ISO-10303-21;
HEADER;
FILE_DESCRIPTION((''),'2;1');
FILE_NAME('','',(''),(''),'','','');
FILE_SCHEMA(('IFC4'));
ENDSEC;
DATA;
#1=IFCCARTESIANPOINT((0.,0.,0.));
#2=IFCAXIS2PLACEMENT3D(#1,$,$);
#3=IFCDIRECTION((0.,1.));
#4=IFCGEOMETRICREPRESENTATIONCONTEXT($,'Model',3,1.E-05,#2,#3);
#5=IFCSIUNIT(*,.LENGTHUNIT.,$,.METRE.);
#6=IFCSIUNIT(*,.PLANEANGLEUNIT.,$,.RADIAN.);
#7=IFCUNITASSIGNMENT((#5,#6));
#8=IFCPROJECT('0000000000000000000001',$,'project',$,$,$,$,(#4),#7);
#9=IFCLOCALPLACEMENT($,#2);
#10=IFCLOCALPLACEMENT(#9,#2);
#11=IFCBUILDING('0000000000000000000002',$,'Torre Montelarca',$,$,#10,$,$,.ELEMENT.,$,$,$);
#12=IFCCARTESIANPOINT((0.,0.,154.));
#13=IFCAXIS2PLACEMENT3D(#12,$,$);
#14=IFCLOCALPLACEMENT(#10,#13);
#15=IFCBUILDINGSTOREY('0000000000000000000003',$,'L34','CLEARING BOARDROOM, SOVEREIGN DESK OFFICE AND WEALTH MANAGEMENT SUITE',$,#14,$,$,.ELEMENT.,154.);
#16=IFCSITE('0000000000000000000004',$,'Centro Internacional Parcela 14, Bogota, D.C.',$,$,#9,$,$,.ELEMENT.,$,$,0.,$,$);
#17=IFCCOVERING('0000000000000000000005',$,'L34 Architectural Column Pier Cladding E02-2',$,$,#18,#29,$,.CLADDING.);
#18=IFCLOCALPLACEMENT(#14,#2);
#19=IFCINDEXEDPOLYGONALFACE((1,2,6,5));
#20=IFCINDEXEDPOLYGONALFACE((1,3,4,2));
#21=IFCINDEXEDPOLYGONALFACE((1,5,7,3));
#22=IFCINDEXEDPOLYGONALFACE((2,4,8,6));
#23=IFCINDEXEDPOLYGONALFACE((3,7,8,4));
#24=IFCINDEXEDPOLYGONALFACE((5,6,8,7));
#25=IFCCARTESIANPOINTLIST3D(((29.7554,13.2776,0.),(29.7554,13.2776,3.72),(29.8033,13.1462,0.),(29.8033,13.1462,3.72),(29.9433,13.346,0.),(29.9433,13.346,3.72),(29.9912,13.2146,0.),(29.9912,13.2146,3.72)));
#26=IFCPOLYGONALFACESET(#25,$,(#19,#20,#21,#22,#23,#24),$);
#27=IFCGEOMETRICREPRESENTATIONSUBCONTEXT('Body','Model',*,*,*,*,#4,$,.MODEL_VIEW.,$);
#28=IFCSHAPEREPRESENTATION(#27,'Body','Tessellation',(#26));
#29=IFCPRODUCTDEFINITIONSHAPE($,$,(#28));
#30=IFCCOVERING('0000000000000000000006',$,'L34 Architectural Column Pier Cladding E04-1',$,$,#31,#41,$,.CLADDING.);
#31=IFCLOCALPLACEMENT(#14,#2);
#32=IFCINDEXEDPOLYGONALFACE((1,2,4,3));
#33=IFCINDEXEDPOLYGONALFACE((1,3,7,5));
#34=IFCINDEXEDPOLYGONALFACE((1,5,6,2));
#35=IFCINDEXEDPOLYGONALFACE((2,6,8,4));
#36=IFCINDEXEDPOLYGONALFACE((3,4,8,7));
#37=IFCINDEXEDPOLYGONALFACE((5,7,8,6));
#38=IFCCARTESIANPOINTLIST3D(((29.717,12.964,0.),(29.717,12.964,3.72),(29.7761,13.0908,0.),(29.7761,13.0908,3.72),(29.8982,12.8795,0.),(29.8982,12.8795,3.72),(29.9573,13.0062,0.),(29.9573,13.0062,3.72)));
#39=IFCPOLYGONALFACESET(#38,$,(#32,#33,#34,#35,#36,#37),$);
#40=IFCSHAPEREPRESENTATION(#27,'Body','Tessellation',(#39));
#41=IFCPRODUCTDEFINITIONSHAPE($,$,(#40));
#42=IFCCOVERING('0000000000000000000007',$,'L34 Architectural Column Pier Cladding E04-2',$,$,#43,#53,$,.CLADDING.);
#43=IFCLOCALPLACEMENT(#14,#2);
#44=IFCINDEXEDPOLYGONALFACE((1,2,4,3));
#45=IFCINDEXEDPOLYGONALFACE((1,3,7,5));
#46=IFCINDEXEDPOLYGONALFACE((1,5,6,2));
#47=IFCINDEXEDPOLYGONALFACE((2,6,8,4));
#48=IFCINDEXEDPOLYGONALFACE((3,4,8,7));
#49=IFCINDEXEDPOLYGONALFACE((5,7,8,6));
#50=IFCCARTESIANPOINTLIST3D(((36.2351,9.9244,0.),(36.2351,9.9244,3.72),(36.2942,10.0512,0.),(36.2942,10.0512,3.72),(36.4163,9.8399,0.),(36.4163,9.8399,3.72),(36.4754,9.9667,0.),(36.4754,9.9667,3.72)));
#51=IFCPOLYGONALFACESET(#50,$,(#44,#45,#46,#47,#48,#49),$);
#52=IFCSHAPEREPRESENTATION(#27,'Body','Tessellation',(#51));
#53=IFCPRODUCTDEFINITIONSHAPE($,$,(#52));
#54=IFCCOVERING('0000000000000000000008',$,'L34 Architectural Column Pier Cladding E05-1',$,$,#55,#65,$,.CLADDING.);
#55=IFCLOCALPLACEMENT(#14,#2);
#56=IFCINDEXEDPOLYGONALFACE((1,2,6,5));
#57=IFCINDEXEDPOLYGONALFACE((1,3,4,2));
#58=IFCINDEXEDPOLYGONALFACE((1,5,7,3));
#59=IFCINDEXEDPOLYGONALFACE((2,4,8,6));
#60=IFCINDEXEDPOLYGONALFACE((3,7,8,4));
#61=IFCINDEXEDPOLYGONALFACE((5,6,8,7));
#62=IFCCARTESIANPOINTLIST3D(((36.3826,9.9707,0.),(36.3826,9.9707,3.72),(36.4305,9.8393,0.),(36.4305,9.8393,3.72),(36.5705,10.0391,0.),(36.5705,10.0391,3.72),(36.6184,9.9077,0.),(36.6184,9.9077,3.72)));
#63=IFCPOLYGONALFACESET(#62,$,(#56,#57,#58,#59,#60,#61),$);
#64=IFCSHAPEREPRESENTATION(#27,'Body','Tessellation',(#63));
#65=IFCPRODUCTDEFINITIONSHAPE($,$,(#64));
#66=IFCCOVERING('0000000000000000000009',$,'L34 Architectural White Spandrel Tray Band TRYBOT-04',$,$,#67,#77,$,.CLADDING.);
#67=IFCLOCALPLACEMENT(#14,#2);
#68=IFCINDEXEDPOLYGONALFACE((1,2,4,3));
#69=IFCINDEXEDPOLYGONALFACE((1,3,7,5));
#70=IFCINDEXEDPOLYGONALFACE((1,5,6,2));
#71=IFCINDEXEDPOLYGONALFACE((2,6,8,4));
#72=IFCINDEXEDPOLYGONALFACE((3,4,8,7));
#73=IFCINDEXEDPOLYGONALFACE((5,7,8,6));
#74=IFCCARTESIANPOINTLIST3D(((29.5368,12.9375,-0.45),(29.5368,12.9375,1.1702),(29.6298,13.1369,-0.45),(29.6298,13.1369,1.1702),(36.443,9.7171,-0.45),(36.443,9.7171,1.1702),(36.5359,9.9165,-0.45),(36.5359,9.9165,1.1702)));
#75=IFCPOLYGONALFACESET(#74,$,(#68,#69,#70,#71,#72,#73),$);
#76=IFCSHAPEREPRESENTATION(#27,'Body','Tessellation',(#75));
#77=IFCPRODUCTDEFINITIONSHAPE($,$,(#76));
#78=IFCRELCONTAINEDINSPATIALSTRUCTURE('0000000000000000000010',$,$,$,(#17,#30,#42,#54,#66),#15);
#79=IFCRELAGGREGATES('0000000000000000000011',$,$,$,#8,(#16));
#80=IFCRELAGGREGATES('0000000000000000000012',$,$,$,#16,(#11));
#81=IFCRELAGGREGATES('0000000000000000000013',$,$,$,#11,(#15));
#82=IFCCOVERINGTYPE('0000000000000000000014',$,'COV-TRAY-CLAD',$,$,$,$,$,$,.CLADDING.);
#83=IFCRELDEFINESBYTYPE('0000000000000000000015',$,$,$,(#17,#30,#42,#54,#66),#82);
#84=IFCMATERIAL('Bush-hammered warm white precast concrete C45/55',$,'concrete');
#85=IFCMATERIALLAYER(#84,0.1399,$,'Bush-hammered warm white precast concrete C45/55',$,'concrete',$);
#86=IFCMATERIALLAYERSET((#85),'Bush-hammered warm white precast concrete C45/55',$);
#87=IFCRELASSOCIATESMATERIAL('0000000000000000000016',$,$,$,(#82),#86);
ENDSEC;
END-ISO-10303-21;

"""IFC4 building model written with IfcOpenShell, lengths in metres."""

from ifc_helpers import new_model, si_unit, direction, frame, origin, origin_2d, place, context, subcontext, project, spatial, rectangle, extrude, source, transform, mapped, material, layer, layer_set, type_object, element, save


model = new_model("IFC4")

# Units and contexts
model_context = context("Model", 3, precision=1e-05, world=origin(), true_north=direction((0.0, 1.0)))
body_context = subcontext(model_context, "Body", "Model", "MODEL_VIEW")
ifc_project = project(units=[si_unit("LENGTHUNIT", "METRE"), si_unit("PLANEANGLEUNIT", "RADIAN")], contexts=[model_context])

# Site, building, storey
site_placement = place(None, origin())
site = spatial("IfcSite", under=ifc_project, at=site_placement, Name="Centro Internacional Parcela 14, Bogota, D.C.", CompositionType="ELEMENT", RefElevation=0.0)
building_placement = place(site_placement, origin())
building = spatial("IfcBuilding", under=site, at=building_placement, Name="Torre Montelarca", CompositionType="ELEMENT")
storey_placement = place(building_placement, frame((0.0, 0.0, 154.0)))
storey = spatial("IfcBuildingStorey", under=building, at=storey_placement, Name="L34", Description="CLEARING BOARDROOM, SOVEREIGN DESK OFFICE AND WEALTH MANAGEMENT SUITE", CompositionType="ELEMENT", Elevation=154.0)

# Coverings
ifc_material_1 = material(Name="Bush-hammered warm white precast concrete C45/55", Category="concrete")
ifc_layer_1 = layer(ifc_material_1, 0.1399, Name="Bush-hammered warm white precast concrete C45/55", Category="concrete")
ifc_layer_set_1 = layer_set([ifc_layer_1], Name="Bush-hammered warm white precast concrete C45/55")
covering_type = type_object("IfcCoveringType", Name="COV-TRAY-CLAD", PredefinedType="CLADDING", material=ifc_layer_set_1)
shared_shape_1 = source(origin(), body_context, "Body", "SweptSolid", [
    extrude(rectangle(XDim=0.2, YDim=0.1399, at=origin_2d()), origin(), (0.0, 0.0, 1.0), 3.72),
])
for number, where, z_axis, x_axis, name in (
    (1, (29.8733, 13.2461, 0.0), (0.0, 0.0, 1.0), (0.939695, 0.342014, 0.0), "L34 Architectural Column Pier Cladding E02-2"),
    (2, (29.8372, 12.9851, 0.0), (0.0, 0.0, 1.0), (0.906309, -0.422615, 0.0), "L34 Architectural Column Pier Cladding E04-1"),
    (3, (36.3552, 9.9456, 0.0), (0.0, 0.0, 1.0), (0.906309, -0.422615, 0.0), "L34 Architectural Column Pier Cladding E04-2"),
    (4, (36.5005, 9.9392, 0.0), (0.0, 0.0, 1.0), (0.939696, 0.342012, 0.0), "L34 Architectural Column Pier Cladding E05-1"),
):
    element("IfcCovering", number, at=place(storey_placement, frame(where, z_axis=z_axis, x_axis=x_axis)), inside=storey, type_object=covering_type, Name=name, PredefinedType="CLADDING", context=body_context, shape_type="MappedRepresentation", body=[
        mapped(shared_shape_1, transform((0.0, 0.0, 0.0), scale=1.0)),
    ])
shared_shape_2 = source(origin(), body_context, "Body", "SweptSolid", [
    extrude(rectangle(XDim=7.6201, YDim=0.22, at=origin_2d()), origin(), (0.0, 0.0, 1.0), 1.6201),
])
covering_1_placement = place(storey_placement, frame((33.0364, 11.427, -0.45), z_axis=(0.0, 0.0, 1.0), x_axis=(0.906309, -0.422615, 0.0)))
element("IfcCovering", 5, at=covering_1_placement, inside=storey, type_object=covering_type, Name="L34 Architectural White Spandrel Tray Band TRYBOT-04", PredefinedType="CLADDING", context=body_context, shape_type="MappedRepresentation", body=[
    mapped(shared_shape_2, transform((0.0, 0.0, 0.0), scale=1.0)),
])

save(model, "model.ifc")
